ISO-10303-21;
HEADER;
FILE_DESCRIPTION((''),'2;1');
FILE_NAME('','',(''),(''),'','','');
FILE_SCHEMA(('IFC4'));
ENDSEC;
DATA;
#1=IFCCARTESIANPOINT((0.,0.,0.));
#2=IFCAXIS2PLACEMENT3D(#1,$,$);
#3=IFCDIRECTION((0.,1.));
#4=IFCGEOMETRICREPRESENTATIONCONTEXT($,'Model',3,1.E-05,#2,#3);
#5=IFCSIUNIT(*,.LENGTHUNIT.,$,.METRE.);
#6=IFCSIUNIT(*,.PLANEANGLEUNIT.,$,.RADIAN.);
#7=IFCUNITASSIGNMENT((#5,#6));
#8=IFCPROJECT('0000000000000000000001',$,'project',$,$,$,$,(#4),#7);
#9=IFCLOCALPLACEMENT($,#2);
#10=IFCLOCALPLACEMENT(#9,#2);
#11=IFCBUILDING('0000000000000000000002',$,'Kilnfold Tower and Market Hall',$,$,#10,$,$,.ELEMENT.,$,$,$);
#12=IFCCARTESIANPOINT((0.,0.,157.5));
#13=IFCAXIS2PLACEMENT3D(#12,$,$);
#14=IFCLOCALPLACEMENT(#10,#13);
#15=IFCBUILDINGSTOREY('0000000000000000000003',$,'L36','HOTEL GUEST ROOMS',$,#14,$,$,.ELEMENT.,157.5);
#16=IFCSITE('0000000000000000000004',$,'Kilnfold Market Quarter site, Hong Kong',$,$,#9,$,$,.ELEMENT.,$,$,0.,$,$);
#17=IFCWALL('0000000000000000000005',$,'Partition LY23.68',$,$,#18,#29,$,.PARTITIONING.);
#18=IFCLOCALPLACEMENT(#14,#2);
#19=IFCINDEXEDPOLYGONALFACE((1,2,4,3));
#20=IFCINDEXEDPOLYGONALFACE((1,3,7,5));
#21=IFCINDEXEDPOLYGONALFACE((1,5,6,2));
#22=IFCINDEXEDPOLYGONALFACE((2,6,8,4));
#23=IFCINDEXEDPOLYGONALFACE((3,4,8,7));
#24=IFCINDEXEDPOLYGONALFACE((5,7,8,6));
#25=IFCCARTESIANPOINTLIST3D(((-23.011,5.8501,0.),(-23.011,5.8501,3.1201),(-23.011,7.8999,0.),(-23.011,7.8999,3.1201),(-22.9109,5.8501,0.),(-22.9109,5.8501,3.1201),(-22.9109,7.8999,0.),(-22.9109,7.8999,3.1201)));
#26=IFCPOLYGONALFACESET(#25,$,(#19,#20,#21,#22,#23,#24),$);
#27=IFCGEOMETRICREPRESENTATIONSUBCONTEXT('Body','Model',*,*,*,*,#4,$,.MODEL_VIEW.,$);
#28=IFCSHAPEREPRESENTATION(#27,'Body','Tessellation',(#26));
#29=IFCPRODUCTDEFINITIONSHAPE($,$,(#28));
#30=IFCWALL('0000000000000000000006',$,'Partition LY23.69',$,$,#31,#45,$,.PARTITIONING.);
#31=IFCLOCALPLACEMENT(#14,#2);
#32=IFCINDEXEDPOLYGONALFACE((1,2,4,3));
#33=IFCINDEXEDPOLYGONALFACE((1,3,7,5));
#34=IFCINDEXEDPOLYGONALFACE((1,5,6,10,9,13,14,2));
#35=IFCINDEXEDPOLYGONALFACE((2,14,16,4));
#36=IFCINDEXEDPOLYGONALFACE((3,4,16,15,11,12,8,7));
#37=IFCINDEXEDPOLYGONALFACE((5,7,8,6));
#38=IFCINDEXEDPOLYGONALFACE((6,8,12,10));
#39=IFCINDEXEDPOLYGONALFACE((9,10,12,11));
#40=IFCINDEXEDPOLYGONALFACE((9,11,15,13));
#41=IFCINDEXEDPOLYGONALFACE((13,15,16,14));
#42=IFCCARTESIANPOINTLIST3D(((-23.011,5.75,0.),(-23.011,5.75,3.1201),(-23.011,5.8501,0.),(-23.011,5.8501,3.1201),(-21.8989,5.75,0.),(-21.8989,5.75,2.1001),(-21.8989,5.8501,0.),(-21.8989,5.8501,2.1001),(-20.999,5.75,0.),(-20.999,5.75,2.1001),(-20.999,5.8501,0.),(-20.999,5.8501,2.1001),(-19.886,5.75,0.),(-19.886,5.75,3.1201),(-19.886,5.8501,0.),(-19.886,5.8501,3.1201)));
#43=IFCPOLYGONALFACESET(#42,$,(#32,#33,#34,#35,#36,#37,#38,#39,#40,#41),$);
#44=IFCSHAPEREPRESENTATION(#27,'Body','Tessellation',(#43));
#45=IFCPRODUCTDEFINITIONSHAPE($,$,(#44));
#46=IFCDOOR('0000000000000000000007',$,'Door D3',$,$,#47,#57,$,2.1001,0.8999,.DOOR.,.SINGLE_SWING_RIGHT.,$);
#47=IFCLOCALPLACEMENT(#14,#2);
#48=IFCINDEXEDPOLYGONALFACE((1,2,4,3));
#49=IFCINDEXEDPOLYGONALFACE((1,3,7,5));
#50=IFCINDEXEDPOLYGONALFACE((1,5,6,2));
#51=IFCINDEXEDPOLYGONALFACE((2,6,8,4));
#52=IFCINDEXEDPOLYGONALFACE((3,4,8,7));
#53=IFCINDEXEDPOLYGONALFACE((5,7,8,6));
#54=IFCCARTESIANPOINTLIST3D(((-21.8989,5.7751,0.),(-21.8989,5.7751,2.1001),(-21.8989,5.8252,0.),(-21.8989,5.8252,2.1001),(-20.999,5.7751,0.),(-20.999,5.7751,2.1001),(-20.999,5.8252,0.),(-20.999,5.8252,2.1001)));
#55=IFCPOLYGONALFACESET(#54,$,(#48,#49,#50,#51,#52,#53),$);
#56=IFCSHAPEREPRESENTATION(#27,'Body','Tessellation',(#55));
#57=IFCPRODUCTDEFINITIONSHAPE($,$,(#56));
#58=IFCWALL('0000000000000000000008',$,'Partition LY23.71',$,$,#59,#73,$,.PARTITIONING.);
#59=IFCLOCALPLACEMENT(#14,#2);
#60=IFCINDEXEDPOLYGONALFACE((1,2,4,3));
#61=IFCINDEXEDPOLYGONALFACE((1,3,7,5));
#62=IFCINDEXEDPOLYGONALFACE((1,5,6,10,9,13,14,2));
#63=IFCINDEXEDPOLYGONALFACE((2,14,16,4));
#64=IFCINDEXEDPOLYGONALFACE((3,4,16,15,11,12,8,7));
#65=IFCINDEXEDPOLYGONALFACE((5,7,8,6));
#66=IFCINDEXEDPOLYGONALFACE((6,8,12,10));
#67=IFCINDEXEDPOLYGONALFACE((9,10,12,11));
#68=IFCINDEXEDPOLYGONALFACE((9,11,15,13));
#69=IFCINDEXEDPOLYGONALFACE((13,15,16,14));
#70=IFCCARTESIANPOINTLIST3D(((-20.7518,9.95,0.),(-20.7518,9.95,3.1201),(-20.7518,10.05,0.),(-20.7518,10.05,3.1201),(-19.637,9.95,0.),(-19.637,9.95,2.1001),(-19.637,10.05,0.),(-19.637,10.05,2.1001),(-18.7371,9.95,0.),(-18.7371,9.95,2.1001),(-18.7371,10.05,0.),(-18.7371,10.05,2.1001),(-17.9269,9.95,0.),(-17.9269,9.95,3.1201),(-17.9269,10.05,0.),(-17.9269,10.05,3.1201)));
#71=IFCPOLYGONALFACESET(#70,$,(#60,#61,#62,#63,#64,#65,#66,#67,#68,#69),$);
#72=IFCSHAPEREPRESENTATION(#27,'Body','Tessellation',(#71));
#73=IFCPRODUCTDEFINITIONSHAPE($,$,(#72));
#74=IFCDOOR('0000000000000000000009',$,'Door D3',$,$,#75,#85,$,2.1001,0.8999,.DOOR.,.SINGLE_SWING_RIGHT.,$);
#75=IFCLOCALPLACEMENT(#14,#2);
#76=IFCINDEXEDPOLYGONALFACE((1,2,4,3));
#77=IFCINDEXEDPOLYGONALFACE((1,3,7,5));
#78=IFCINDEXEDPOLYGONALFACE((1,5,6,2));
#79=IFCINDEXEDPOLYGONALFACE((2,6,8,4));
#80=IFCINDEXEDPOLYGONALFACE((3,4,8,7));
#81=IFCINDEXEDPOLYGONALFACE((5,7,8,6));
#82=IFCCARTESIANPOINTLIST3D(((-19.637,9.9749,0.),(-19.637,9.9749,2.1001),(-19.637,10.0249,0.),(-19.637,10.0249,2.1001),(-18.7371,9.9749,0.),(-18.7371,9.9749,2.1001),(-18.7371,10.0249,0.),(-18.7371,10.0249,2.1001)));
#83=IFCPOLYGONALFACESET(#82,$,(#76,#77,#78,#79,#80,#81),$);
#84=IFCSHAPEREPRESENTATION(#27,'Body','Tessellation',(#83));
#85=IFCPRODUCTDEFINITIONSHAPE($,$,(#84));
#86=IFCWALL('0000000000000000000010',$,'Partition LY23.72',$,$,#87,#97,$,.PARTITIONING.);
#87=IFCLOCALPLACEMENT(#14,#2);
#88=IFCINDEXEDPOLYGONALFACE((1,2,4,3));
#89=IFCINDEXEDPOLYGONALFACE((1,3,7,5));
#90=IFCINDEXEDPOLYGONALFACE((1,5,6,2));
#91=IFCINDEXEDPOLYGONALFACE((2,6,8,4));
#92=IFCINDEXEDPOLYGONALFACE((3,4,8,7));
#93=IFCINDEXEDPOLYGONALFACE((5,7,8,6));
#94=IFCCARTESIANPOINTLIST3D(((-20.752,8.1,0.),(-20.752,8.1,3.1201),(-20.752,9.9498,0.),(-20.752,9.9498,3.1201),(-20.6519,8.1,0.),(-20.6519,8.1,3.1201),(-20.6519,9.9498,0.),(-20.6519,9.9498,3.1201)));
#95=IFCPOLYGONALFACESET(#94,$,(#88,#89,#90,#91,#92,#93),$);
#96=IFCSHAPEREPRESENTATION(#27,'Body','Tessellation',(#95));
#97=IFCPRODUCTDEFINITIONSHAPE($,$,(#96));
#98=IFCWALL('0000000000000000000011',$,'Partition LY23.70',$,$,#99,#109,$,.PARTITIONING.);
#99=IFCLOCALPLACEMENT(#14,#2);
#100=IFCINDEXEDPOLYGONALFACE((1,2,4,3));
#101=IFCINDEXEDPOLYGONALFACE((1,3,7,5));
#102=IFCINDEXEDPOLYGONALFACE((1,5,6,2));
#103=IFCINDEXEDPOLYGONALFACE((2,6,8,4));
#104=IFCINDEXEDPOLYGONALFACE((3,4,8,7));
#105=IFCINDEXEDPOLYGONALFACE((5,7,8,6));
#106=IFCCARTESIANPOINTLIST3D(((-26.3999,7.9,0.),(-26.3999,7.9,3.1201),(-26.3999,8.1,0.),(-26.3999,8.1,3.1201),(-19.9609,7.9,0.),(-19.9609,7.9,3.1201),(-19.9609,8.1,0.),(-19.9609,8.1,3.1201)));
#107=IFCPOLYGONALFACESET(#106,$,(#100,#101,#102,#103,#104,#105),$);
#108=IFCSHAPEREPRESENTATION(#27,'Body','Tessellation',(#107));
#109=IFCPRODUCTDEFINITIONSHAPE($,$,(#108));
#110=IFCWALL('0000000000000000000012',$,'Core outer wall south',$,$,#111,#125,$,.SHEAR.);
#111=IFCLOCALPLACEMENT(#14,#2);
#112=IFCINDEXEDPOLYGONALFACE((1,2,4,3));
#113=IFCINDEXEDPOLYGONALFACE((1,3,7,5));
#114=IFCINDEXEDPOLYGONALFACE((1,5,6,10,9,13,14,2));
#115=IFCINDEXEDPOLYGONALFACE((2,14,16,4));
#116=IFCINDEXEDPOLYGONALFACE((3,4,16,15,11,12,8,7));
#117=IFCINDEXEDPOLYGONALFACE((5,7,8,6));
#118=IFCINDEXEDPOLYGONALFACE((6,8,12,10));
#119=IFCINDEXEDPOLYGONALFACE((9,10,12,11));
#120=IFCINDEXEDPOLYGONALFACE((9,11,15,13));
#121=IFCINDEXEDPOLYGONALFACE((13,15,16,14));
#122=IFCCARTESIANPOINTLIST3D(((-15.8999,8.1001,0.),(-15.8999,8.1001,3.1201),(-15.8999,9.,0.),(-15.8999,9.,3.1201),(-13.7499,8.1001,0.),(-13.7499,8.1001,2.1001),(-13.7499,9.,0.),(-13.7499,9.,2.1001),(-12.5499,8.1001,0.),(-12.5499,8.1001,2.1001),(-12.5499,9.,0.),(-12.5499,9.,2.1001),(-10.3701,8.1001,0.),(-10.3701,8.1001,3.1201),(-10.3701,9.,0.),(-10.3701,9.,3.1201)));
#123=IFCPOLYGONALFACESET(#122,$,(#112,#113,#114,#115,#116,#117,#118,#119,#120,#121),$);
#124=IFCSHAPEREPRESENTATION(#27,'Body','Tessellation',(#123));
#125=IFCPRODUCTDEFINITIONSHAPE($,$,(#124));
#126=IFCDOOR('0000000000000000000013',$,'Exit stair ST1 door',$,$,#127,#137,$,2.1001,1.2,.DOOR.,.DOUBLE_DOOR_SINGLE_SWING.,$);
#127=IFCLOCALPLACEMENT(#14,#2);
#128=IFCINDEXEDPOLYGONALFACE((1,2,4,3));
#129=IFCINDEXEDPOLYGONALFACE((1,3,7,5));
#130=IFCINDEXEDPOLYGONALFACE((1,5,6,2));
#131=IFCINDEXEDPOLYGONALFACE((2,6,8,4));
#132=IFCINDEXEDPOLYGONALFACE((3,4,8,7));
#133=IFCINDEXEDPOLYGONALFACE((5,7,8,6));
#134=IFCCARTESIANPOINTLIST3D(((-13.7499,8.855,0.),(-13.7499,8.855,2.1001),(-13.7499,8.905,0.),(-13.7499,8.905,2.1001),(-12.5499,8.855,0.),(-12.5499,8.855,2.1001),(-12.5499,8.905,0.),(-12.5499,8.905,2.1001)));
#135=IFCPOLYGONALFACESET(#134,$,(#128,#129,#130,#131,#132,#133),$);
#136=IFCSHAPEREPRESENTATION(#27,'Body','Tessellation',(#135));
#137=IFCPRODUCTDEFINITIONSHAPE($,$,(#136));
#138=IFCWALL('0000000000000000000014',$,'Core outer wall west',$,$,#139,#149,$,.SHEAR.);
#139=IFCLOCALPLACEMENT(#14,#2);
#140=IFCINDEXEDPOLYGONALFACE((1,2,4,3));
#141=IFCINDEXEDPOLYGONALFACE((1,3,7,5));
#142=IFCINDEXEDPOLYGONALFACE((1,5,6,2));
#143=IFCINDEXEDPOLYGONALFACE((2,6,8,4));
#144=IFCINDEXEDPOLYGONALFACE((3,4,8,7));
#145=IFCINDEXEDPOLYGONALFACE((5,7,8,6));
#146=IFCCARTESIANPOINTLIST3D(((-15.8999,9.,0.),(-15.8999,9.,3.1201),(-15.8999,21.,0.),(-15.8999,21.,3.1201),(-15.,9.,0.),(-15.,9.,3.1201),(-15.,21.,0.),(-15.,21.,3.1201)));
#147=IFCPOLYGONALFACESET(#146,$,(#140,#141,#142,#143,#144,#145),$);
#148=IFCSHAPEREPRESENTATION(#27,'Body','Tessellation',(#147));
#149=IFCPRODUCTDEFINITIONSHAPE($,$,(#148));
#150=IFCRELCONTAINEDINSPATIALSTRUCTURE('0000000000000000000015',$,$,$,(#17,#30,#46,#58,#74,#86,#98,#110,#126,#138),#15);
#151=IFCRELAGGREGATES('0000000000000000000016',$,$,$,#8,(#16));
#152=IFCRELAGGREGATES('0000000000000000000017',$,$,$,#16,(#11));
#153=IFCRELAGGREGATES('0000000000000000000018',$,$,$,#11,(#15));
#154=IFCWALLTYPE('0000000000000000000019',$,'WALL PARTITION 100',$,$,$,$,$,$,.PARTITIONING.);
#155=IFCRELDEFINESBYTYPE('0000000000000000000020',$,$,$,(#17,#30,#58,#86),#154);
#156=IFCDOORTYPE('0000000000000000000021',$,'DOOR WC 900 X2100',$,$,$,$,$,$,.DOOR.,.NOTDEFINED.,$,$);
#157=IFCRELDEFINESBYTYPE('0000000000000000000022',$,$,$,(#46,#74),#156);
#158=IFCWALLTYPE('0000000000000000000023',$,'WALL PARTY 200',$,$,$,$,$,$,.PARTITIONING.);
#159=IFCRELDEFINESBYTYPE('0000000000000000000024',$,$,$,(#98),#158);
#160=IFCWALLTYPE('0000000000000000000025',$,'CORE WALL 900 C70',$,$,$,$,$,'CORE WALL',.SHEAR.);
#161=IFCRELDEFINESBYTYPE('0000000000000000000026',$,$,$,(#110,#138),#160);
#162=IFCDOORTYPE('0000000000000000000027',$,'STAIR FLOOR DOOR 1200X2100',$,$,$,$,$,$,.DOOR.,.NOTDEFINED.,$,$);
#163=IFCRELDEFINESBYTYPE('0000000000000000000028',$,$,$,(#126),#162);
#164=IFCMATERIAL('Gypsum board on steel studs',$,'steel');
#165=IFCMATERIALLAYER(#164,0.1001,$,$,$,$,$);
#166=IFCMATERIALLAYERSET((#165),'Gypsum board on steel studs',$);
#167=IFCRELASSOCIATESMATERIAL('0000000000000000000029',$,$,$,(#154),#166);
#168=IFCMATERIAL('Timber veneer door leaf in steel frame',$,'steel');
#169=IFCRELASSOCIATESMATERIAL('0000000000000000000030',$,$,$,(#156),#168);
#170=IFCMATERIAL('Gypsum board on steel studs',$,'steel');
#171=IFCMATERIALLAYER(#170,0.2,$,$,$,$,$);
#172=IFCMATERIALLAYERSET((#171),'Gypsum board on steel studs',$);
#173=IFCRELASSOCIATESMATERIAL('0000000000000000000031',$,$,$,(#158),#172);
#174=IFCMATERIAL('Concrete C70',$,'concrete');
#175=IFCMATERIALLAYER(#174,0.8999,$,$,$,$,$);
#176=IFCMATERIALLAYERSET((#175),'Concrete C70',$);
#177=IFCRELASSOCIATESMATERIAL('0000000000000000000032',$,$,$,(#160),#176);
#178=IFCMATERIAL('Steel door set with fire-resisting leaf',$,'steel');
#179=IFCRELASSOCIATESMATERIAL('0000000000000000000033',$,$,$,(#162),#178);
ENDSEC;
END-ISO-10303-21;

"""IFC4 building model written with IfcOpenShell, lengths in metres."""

from ifc_helpers import new_model, si_unit, direction, frame, frame_2d, origin, place, context, subcontext, project, spatial, rectangle, extrude, source, transform, mapped, material, layer, layer_set, type_object, element, fill, save


model = new_model("IFC4")

# Units and contexts
model_context = context("Model", 3, precision=1e-05, world=origin(), true_north=direction((0.0, 1.0)))
body_context = subcontext(model_context, "Body", "Model", "MODEL_VIEW")
ifc_project = project(units=[si_unit("LENGTHUNIT", "METRE"), si_unit("PLANEANGLEUNIT", "RADIAN")], contexts=[model_context])

# Site, building, storey
site_placement = place(None, origin())
site = spatial("IfcSite", under=ifc_project, at=site_placement, Name="Kilnfold Market Quarter site, Hong Kong", CompositionType="ELEMENT", RefElevation=0.0)
building_placement = place(site_placement, origin())
building = spatial("IfcBuilding", under=site, at=building_placement, Name="Kilnfold Tower and Market Hall", CompositionType="ELEMENT")
storey_placement = place(building_placement, frame((0.0, 0.0, 157.5)))
storey = spatial("IfcBuildingStorey", under=building, at=storey_placement, Name="L36", Description="HOTEL GUEST ROOMS", CompositionType="ELEMENT", Elevation=157.5)

# Wall
ifc_material_1 = material(Name="Gypsum board on steel studs", Category="steel")
ifc_layer_1 = layer(ifc_material_1, 0.1001)
ifc_layer_set_1 = layer_set([ifc_layer_1], Name="Gypsum board on steel studs")
wall_type_1 = type_object("IfcWallType", Name="WALL PARTITION 100", PredefinedType="PARTITIONING", material=ifc_layer_set_1)
wall_1_placement = place(storey_placement, frame((-22.9609, 5.8501, 0.0), z_axis=(0.0, 0.0, 1.0), x_axis=(0.0, 1.0, 0.0)))
element("IfcWall", 1, at=wall_1_placement, inside=storey, type_object=wall_type_1, Name="Partition LY23.68", PredefinedType="PARTITIONING", context=body_context, shape_type="SweptSolid", body=[
    extrude(rectangle(XDim=2.0498, YDim=0.1001, at=frame_2d((1.0249, 0.0))), origin(), (0.0, 0.0, 1.0), 3.1201),
])

# Walls, openings, doors
wall_2_placement = place(storey_placement, frame((-19.886, 5.8, 0.0), z_axis=(0.0, 0.0, 1.0), x_axis=(-1.0, 0.0, 0.0)))
wall_2 = element("IfcWall", 2, at=wall_2_placement, inside=storey, type_object=wall_type_1, Name="Partition LY23.69", PredefinedType="PARTITIONING", context=body_context, shape_type="SweptSolid", body=[
    extrude(rectangle(XDim=3.125, YDim=0.1001, at=frame_2d((1.5625, 0.0))), origin(), (0.0, 0.0, 1.0), 3.1201),
])
opening_1_placement = place(wall_2_placement, frame((1.113, 0.0, 0.0)))
opening_1 = element("IfcOpeningElement", 3, at=opening_1_placement, cuts=wall_2, PredefinedType="OPENING", context=body_context, shape_type="SweptSolid", body=[
    extrude(rectangle(XDim=0.8999, YDim=2.1001, at=frame_2d((0.45, 1.05))), frame((0.0, 0.0601, 0.0), z_axis=(0.0, -1.0, 0.0), x_axis=(1.0, 0.0, 0.0)), (0.0, 0.0, 1.0), 0.1201),
])
ifc_material_2 = material(Name="Timber veneer door leaf in steel frame", Category="steel")
door_type_1 = type_object("IfcDoorType", Name="DOOR WC 900 X2100", OperationType="NOTDEFINED", PredefinedType="DOOR", material=ifc_material_2)
door_1_placement = place(opening_1_placement, origin())
door_1 = element("IfcDoor", 4, at=door_1_placement, inside=storey, type_object=door_type_1, Name="Door D3", OperationType="SINGLE_SWING_RIGHT", OverallHeight=2.1001, OverallWidth=0.8999, PredefinedType="DOOR", context=body_context, shape_type="SweptSolid", body=[
    extrude(rectangle(XDim=0.8999, YDim=2.1001, at=frame_2d((0.45, 1.05))), frame((0.0, 0.0249, 0.0), z_axis=(0.0, -1.0, 0.0), x_axis=(1.0, 0.0, 0.0)), (0.0, 0.0, 1.0), 0.05),
])
fill(opening_1, door_1)
wall_3_placement = place(storey_placement, frame((-20.752, 10.0, 0.0), z_axis=(0.0, 0.0, 1.0), x_axis=(1.0, 0.0, 0.0)))
wall_3 = element("IfcWall", 5, at=wall_3_placement, inside=storey, type_object=wall_type_1, Name="Partition LY23.71", PredefinedType="PARTITIONING", context=body_context, shape_type="SweptSolid", body=[
    extrude(rectangle(XDim=2.825, YDim=0.1001, at=frame_2d((1.4126, 0.0))), origin(), (0.0, 0.0, 1.0), 3.1201),
])
opening_2_placement = place(wall_3_placement, frame((1.115, 0.0, 0.0)))
opening_2 = element("IfcOpeningElement", 6, at=opening_2_placement, cuts=wall_3, PredefinedType="OPENING", context=body_context, shape_type="SweptSolid", body=[
    extrude(rectangle(XDim=0.8999, YDim=2.1001, at=frame_2d((0.45, 1.05))), frame((0.0, 0.0601, 0.0), z_axis=(0.0, -1.0, 0.0), x_axis=(1.0, 0.0, 0.0)), (0.0, 0.0, 1.0), 0.1201),
])
door_2_placement = place(opening_2_placement, origin())
door_2 = element("IfcDoor", 7, at=door_2_placement, inside=storey, type_object=door_type_1, Name="Door D3", OperationType="SINGLE_SWING_RIGHT", OverallHeight=2.1001, OverallWidth=0.8999, PredefinedType="DOOR", context=body_context, shape_type="SweptSolid", body=[
    extrude(rectangle(XDim=0.8999, YDim=2.1001, at=frame_2d((0.45, 1.05))), frame((0.0, 0.0249, 0.0), z_axis=(0.0, -1.0, 0.0), x_axis=(1.0, 0.0, 0.0)), (0.0, 0.0, 1.0), 0.05),
])
fill(opening_2, door_2)

# Walls
wall_4_placement = place(storey_placement, frame((-20.7019, 8.1001, 0.0), z_axis=(0.0, 0.0, 1.0), x_axis=(0.0, 1.0, 0.0)))
element("IfcWall", 8, at=wall_4_placement, inside=storey, type_object=wall_type_1, Name="Partition LY23.72", PredefinedType="PARTITIONING", context=body_context, shape_type="SweptSolid", body=[
    extrude(rectangle(XDim=1.8499, YDim=0.1001, at=frame_2d((0.9248, 0.0))), origin(), (0.0, 0.0, 1.0), 3.1201),
])
ifc_material_3 = material(Name="Gypsum board on steel studs", Category="steel")
ifc_layer_2 = layer(ifc_material_3, 0.2)
ifc_layer_set_2 = layer_set([ifc_layer_2], Name="Gypsum board on steel studs")
wall_type_2 = type_object("IfcWallType", Name="WALL PARTY 200", PredefinedType="PARTITIONING", material=ifc_layer_set_2)
wall_5_placement = place(storey_placement, frame((-26.3999, 8.0, 0.0), z_axis=(0.0, 0.0, 1.0), x_axis=(1.0, 0.0, 0.0)))
element("IfcWall", 9, at=wall_5_placement, inside=storey, type_object=wall_type_2, Name="Partition LY23.70", PredefinedType="PARTITIONING", context=body_context, shape_type="SweptSolid", body=[
    extrude(rectangle(XDim=6.439, YDim=0.2, at=frame_2d((3.2195, 0.0))), origin(), (0.0, 0.0, 1.0), 3.1201),
])

# Wall, opening, door
ifc_material_4 = material(Name="Concrete C70", Category="concrete")
ifc_layer_3 = layer(ifc_material_4, 0.8999)
ifc_layer_set_3 = layer_set([ifc_layer_3], Name="Concrete C70")
wall_type_3 = type_object("IfcWallType", Name="CORE WALL 900 C70", ElementType="CORE WALL", PredefinedType="SHEAR", material=ifc_layer_set_3)
shared_shape_1 = source(origin(), body_context, "Body", "SweptSolid", [
    extrude(rectangle(XDim=5.5298, YDim=0.8999, at=frame_2d((2.7649, 0.0))), origin(), (0.0, 0.0, 1.0), 3.1201),
])
wall_6_placement = place(storey_placement, frame((-15.8999, 8.55, 0.0), z_axis=(0.0, 0.0, 1.0), x_axis=(1.0, 0.0, 0.0)))
wall_6 = element("IfcWall", 10, at=wall_6_placement, inside=storey, type_object=wall_type_3, Name="Core outer wall south", PredefinedType="SHEAR", context=body_context, shape_type="MappedRepresentation", body=[
    mapped(shared_shape_1, transform((0.0, 0.0, 0.0))),
])
opening_3_placement = place(wall_6_placement, frame((2.1499, 0.0, 0.0)))
opening_3 = element("IfcOpeningElement", 11, at=opening_3_placement, cuts=wall_6, PredefinedType="OPENING", context=body_context, shape_type="SweptSolid", body=[
    extrude(rectangle(XDim=1.2, YDim=2.1001, at=frame_2d((0.6001, 1.05))), frame((0.0, 0.46, 0.0), z_axis=(0.0, -1.0, 0.0), x_axis=(1.0, 0.0, 0.0)), (0.0, 0.0, 1.0), 0.9199),
])
ifc_material_5 = material(Name="Steel door set with fire-resisting leaf", Category="steel")
door_type_2 = type_object("IfcDoorType", Name="STAIR FLOOR DOOR 1200X2100", OperationType="NOTDEFINED", PredefinedType="DOOR", material=ifc_material_5)
door_3_placement = place(opening_3_placement, origin())
door_3 = element("IfcDoor", 12, at=door_3_placement, inside=storey, type_object=door_type_2, Name="Exit stair ST1 door", OperationType="DOUBLE_DOOR_SINGLE_SWING", OverallHeight=2.1001, OverallWidth=1.2, PredefinedType="DOOR", context=body_context, shape_type="SweptSolid", body=[
    extrude(rectangle(XDim=1.2, YDim=2.1001, at=frame_2d((0.6001, 1.05))), frame((0.0, 0.355, 0.0), z_axis=(0.0, -1.0, 0.0), x_axis=(1.0, 0.0, 0.0)), (0.0, 0.0, 1.0), 0.05),
])
fill(opening_3, door_3)

# Wall
shared_shape_2 = source(origin(), body_context, "Body", "SweptSolid", [
    extrude(rectangle(XDim=12.0, YDim=0.8999, at=frame_2d((6.0, 0.0))), origin(), (0.0, 0.0, 1.0), 3.1201),
])
wall_7_placement = place(storey_placement, frame((-15.45, 9.0, 0.0), z_axis=(0.0, 0.0, 1.0), x_axis=(0.0, 1.0, 0.0)))
element("IfcWall", 13, at=wall_7_placement, inside=storey, type_object=wall_type_3, Name="Core outer wall west", PredefinedType="SHEAR", context=body_context, shape_type="MappedRepresentation", body=[
    mapped(shared_shape_2, transform((0.0, 0.0, 0.0))),
])

save(model, "model.ifc")
